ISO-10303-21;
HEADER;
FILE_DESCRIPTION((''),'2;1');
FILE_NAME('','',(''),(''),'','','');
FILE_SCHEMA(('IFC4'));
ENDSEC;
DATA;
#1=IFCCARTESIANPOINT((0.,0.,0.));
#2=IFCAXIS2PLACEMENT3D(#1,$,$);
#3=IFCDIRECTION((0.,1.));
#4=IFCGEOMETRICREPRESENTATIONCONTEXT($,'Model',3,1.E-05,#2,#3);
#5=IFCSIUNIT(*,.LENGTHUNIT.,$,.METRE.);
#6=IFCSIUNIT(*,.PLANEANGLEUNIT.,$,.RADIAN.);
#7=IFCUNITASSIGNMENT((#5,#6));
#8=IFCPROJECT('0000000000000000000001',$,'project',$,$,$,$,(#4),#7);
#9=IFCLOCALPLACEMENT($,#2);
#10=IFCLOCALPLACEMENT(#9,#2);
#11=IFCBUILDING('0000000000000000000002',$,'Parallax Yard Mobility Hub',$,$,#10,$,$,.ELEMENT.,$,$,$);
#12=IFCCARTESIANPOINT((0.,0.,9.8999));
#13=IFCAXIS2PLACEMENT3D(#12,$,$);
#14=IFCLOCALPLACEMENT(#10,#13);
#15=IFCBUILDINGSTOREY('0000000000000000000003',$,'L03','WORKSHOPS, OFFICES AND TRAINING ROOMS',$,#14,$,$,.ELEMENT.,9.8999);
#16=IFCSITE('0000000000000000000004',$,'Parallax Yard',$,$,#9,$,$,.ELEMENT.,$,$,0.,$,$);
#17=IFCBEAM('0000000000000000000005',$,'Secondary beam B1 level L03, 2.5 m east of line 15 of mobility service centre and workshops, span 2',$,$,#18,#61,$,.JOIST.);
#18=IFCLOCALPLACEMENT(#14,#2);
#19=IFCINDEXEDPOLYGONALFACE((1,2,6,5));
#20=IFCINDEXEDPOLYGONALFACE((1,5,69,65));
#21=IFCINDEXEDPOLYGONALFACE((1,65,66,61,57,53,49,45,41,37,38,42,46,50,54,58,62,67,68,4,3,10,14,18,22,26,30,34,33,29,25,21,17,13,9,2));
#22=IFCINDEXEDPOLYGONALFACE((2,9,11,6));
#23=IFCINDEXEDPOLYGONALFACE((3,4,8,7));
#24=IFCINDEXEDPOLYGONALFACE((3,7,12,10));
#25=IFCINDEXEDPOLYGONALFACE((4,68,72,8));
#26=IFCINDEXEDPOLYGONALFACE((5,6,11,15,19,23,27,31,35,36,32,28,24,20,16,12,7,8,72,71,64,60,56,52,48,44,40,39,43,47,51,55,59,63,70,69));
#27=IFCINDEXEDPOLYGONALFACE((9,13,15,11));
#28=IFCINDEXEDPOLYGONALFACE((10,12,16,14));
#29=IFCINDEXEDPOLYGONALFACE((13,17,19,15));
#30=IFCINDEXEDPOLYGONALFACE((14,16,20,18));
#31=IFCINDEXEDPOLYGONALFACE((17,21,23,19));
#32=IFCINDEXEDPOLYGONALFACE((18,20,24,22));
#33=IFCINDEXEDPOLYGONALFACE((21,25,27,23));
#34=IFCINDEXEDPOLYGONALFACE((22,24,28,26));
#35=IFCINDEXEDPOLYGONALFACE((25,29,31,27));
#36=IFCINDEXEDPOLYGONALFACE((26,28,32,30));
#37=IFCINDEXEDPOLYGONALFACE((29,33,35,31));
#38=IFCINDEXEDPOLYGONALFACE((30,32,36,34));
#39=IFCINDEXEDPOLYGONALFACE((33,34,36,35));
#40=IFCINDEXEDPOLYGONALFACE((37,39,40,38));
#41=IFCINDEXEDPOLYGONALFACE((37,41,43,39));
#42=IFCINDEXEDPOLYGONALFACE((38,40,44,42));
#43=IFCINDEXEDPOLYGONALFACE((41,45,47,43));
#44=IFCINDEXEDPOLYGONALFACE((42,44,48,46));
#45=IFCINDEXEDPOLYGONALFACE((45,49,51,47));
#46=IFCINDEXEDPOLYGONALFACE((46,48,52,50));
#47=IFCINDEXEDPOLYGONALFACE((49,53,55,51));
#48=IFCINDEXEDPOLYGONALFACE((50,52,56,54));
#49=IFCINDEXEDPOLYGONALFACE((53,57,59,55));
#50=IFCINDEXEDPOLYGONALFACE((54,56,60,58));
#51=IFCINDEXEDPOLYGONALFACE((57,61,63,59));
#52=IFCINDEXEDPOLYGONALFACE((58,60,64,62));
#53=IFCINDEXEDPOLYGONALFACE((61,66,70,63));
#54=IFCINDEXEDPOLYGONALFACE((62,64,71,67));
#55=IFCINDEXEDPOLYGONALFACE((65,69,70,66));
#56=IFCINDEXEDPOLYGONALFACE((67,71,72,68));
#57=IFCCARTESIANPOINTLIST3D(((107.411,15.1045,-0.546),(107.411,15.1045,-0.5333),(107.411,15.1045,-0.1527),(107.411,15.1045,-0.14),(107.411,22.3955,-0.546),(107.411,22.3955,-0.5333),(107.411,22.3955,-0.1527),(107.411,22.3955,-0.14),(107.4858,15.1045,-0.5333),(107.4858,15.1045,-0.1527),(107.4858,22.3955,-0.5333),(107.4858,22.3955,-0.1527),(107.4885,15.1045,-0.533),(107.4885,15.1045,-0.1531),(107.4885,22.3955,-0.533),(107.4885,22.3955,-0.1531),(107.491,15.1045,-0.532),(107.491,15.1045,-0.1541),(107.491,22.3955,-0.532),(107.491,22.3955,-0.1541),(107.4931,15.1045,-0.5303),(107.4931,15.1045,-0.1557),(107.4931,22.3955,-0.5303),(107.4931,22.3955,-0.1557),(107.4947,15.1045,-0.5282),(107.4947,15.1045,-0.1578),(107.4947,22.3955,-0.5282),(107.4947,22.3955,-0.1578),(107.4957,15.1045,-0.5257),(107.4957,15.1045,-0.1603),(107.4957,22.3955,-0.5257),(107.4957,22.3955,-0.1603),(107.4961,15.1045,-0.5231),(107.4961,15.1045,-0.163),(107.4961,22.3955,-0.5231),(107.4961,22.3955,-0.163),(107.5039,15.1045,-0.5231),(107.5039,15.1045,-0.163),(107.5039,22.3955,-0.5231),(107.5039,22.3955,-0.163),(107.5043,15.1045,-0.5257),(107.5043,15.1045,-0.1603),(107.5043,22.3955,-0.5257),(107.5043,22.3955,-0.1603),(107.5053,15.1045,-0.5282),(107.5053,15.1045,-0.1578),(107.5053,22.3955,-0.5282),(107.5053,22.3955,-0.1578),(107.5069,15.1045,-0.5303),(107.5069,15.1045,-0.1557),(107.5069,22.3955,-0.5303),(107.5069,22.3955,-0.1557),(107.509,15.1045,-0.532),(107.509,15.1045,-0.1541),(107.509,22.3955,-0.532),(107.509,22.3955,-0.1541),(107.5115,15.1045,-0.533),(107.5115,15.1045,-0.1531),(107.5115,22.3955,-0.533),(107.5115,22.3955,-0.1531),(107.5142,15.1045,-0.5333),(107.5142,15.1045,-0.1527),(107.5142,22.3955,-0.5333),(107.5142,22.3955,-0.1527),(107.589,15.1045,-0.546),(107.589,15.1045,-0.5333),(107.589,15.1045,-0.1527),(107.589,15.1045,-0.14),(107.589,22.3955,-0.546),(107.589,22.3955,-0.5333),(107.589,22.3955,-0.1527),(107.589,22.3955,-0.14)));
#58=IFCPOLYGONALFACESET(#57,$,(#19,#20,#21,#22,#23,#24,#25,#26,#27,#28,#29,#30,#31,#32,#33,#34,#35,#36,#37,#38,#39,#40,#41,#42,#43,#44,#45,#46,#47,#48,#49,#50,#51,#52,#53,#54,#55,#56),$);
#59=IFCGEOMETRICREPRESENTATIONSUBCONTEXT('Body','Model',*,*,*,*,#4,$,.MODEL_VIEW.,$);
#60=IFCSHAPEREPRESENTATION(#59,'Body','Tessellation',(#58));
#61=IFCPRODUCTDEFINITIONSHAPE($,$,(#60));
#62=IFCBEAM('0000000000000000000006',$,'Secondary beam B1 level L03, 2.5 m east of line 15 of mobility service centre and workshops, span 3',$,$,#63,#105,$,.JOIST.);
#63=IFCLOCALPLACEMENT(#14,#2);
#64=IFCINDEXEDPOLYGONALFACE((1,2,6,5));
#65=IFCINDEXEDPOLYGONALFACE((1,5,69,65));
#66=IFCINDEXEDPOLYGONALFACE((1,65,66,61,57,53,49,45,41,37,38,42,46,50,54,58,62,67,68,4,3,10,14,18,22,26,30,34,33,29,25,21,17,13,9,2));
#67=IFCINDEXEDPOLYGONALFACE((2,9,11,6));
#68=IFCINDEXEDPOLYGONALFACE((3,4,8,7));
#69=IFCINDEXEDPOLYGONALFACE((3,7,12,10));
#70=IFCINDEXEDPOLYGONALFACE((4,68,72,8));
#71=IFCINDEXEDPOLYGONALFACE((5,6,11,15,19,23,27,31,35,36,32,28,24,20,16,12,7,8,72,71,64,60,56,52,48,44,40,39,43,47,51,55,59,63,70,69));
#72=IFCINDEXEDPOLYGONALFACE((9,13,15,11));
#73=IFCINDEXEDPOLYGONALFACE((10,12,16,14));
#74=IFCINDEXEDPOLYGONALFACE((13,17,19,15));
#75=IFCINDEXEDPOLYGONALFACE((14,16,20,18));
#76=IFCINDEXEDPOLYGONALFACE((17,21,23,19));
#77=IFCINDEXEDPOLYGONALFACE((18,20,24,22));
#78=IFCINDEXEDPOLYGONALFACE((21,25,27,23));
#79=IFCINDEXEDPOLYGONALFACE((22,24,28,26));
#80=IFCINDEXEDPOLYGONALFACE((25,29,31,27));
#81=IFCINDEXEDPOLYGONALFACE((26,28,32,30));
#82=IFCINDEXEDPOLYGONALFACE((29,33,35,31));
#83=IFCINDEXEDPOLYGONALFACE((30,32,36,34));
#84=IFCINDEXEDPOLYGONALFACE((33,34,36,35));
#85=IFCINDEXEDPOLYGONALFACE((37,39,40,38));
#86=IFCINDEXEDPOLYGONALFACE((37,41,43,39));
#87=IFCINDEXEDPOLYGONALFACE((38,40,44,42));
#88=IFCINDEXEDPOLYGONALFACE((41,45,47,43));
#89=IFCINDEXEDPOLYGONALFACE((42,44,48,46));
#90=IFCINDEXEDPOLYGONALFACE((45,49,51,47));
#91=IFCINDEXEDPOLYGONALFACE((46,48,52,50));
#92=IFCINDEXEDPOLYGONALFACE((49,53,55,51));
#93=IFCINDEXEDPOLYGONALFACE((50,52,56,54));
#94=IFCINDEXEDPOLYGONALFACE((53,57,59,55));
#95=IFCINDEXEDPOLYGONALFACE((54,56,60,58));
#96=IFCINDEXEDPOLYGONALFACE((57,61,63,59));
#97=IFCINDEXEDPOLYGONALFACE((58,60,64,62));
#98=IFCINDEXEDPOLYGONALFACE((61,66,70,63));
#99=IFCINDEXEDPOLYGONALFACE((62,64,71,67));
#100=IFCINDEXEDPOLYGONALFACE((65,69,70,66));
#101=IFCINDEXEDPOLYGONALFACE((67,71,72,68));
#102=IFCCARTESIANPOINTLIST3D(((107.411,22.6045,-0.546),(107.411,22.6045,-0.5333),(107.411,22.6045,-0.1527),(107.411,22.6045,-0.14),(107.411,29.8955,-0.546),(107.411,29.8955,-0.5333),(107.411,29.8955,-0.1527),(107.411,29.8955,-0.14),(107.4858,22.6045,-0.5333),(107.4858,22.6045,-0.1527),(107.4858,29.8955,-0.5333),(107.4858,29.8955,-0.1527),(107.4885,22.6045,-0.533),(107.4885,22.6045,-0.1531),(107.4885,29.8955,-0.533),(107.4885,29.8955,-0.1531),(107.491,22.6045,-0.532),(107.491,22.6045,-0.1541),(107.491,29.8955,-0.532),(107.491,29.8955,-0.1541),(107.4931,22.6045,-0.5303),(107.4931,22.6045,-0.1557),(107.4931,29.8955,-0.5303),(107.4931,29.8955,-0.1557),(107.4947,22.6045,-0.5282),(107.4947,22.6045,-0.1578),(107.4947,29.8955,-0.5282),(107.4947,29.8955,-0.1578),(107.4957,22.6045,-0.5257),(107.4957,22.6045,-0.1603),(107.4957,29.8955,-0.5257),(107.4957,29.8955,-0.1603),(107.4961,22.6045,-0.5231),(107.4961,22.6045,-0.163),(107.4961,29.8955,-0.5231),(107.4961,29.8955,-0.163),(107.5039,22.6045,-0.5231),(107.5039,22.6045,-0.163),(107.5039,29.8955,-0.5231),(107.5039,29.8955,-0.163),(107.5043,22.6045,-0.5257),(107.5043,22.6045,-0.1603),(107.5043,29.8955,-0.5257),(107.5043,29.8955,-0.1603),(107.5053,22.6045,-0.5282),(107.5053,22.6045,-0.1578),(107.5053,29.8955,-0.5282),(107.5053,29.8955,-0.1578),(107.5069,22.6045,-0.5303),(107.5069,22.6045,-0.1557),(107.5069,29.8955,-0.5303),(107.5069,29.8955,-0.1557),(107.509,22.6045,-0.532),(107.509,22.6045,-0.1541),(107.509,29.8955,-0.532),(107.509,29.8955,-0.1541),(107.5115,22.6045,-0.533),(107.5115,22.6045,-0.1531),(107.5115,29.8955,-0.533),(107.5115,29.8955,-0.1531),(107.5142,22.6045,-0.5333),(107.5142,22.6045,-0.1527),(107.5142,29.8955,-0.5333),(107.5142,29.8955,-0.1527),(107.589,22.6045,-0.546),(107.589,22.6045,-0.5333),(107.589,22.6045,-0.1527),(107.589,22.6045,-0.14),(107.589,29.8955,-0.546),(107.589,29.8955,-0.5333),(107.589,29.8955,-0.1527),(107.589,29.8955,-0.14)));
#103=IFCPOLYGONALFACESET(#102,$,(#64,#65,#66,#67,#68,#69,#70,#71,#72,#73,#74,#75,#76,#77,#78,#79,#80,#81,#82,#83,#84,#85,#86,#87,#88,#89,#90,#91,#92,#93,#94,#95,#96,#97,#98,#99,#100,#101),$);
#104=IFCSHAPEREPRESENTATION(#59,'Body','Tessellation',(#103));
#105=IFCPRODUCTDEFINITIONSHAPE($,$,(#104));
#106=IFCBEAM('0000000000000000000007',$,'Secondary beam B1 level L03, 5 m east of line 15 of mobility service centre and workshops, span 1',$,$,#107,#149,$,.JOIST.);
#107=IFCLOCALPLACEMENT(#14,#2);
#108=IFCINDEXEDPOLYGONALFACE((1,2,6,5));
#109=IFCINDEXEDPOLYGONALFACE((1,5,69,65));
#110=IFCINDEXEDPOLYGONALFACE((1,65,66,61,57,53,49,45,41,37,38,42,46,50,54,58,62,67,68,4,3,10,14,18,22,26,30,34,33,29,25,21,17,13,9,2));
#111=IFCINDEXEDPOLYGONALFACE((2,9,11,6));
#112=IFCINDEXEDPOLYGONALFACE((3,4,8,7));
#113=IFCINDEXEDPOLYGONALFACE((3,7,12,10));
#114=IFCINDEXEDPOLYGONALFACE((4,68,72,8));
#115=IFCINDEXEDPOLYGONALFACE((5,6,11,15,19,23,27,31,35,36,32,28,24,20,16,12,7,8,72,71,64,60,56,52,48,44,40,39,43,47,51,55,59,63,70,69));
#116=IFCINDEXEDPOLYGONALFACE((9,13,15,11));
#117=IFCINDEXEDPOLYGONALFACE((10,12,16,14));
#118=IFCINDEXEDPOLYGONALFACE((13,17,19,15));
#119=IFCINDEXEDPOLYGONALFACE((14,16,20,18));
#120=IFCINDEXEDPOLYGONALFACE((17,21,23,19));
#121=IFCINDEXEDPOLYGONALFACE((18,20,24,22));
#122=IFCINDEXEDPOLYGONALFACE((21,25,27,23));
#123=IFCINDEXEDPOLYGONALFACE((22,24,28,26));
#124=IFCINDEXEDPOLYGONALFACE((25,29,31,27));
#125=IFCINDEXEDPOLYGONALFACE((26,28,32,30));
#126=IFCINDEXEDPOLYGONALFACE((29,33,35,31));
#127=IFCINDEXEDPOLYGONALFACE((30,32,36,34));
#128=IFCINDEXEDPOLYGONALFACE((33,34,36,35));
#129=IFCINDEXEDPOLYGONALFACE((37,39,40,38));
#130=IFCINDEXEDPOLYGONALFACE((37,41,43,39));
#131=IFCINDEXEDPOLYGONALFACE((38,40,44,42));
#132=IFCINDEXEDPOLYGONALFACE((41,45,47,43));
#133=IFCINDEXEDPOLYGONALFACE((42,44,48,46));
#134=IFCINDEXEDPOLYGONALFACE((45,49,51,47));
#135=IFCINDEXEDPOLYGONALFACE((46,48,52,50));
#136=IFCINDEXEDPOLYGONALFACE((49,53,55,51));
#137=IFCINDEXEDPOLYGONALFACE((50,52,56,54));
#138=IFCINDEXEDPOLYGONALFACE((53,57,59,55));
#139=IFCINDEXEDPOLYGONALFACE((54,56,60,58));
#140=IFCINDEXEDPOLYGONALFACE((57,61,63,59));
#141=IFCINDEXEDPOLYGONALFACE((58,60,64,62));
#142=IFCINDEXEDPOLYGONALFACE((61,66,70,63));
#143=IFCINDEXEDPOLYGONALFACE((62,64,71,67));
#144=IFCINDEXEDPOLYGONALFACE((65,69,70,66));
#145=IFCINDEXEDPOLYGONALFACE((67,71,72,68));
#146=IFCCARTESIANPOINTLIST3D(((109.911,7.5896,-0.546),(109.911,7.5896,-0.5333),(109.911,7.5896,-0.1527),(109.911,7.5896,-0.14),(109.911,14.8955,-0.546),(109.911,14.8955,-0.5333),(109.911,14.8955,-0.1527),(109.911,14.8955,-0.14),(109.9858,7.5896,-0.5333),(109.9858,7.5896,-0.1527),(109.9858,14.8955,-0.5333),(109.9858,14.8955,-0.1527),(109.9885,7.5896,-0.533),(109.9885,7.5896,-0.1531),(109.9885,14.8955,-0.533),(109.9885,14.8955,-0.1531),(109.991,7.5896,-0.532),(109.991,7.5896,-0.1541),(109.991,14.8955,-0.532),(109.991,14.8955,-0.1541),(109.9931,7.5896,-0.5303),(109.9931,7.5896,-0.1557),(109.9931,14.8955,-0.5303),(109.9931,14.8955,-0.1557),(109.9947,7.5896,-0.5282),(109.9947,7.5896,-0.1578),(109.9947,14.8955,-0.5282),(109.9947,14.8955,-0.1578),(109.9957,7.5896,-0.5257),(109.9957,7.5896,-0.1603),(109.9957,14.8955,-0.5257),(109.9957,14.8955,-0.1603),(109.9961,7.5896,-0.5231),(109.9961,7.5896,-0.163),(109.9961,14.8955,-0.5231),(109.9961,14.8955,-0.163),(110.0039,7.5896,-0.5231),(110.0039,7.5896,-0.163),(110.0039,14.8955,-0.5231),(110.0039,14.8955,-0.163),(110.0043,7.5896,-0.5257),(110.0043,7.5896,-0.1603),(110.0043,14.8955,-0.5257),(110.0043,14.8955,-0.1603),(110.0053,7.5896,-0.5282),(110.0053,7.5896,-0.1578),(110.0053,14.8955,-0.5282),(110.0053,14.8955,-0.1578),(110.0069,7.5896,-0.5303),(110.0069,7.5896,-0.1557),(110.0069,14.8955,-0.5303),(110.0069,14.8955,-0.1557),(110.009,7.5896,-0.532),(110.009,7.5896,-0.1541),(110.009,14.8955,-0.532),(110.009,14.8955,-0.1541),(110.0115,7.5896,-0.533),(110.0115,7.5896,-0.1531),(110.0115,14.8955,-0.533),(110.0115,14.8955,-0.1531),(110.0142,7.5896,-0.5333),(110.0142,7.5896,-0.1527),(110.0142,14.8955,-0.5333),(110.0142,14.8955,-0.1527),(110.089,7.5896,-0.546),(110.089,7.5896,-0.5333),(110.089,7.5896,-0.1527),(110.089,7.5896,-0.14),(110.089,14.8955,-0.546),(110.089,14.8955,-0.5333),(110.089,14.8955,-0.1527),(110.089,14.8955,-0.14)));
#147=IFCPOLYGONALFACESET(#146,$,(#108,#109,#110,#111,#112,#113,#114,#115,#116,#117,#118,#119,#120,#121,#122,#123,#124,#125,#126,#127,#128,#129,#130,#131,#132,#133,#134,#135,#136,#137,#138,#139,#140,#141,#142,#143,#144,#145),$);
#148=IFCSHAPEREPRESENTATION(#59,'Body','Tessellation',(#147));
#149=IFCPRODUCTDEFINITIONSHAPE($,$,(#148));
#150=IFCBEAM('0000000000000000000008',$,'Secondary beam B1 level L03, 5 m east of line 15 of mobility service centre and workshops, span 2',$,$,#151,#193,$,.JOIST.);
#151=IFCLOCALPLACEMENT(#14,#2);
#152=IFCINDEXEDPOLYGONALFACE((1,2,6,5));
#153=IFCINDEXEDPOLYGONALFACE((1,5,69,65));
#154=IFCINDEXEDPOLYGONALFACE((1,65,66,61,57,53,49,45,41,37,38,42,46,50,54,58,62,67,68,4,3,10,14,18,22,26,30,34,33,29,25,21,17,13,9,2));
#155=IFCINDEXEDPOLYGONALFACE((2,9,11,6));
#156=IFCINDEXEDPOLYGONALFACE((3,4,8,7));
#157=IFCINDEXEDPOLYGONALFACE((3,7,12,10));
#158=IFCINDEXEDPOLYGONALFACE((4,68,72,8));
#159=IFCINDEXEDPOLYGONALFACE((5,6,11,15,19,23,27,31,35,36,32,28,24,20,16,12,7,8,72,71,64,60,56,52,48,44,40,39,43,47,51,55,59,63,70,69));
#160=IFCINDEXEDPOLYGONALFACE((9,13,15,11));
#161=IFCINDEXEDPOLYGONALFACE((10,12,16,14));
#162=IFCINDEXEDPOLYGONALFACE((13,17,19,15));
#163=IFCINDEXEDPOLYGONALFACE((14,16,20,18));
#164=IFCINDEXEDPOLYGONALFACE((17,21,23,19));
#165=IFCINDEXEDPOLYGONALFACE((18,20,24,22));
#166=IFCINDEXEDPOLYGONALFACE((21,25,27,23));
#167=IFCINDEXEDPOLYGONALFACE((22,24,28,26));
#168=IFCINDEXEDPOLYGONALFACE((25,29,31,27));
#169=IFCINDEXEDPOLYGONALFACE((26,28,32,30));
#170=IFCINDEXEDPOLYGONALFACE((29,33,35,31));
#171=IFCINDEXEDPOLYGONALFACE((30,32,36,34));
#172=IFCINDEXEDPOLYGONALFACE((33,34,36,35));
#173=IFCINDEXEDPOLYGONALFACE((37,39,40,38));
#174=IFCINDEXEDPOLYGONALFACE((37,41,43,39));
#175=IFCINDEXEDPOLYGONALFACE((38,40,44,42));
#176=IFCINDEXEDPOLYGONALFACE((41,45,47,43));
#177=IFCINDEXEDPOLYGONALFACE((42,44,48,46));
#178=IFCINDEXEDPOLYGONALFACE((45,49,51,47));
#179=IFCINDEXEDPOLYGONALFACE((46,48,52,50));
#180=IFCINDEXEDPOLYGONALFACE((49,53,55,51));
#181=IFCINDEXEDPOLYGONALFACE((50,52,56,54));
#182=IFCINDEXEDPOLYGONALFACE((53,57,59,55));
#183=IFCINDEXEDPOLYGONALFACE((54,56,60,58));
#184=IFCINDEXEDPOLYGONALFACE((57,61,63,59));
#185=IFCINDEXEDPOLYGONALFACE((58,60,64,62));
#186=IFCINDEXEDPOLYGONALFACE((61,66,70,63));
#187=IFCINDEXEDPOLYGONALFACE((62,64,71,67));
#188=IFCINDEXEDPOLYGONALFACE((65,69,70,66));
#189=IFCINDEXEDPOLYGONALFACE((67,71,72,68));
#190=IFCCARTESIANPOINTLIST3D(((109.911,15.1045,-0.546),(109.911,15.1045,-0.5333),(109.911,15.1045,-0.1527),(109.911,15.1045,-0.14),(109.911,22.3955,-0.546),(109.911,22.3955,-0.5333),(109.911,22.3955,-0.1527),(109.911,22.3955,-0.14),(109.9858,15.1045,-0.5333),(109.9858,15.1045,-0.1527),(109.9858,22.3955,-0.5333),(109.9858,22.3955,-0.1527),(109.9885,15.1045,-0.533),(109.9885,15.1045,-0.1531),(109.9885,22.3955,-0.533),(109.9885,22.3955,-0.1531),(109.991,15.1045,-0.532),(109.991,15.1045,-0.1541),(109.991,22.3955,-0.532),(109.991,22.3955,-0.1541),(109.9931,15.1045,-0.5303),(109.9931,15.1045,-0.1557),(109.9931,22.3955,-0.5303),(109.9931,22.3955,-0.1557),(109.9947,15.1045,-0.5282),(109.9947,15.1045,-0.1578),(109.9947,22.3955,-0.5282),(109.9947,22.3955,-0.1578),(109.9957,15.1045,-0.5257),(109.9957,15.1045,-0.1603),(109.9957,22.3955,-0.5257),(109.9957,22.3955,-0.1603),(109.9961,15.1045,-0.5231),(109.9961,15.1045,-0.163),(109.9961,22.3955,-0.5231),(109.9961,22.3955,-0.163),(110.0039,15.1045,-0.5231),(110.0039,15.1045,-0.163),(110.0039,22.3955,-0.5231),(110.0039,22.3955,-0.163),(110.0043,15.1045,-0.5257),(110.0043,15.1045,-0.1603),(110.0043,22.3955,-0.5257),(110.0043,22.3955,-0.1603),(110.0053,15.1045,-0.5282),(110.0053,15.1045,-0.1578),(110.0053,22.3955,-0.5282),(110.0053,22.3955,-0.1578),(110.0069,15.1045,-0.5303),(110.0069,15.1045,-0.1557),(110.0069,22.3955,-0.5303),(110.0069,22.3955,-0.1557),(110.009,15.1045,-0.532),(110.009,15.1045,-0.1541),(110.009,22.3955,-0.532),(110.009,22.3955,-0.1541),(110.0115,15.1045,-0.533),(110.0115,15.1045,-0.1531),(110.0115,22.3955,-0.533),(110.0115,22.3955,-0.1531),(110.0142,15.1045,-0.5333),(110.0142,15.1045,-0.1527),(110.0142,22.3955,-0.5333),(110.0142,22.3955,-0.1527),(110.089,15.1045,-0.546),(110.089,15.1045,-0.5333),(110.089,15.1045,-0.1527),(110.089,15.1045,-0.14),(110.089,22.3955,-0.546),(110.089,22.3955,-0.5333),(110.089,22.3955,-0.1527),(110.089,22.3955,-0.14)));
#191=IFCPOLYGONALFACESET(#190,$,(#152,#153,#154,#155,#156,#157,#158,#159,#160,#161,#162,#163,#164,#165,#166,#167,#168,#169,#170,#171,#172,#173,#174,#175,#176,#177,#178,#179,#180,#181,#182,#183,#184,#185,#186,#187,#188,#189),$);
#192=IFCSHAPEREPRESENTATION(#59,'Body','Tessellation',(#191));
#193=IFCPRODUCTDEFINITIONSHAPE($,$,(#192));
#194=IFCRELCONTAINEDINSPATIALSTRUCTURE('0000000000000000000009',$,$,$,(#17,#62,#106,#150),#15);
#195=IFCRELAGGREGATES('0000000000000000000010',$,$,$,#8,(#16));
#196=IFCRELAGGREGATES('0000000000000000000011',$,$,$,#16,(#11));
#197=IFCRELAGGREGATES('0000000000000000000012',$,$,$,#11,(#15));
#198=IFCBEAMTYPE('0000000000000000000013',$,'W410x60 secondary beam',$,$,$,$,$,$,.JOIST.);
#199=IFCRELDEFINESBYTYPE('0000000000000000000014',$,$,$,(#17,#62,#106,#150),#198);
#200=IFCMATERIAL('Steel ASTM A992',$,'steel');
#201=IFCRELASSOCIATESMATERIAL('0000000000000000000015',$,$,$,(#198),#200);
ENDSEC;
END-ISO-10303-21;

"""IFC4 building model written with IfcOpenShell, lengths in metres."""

from ifc_helpers import new_model, si_unit, direction, frame, origin, origin_2d, place, context, subcontext, project, spatial, i_section, extrude, material, material_profile, profile_set, type_object, element, save


model = new_model("IFC4")

# Units and contexts
model_context = context("Model", 3, precision=1e-05, world=origin(), true_north=direction((0.0, 1.0)))
body_context = subcontext(model_context, "Body", "Model", "MODEL_VIEW")
ifc_project = project(units=[si_unit("LENGTHUNIT", "METRE"), si_unit("PLANEANGLEUNIT", "RADIAN")], contexts=[model_context])

# Site, building, storey
site_placement = place(None, origin())
site = spatial("IfcSite", under=ifc_project, at=site_placement, Name="Parallax Yard", CompositionType="ELEMENT", RefElevation=0.0)
building_placement = place(site_placement, origin())
building = spatial("IfcBuilding", under=site, at=building_placement, Name="Parallax Yard Mobility Hub", CompositionType="ELEMENT")
storey_placement = place(building_placement, frame((0.0, 0.0, 9.8999)))
storey = spatial("IfcBuildingStorey", under=building, at=storey_placement, Name="L03", Description="WORKSHOPS, OFFICES AND TRAINING ROOMS", CompositionType="ELEMENT", Elevation=9.8999)

# Shared definitions
ifc_material_1 = material(Name="Steel ASTM A992", Category="steel")

# Beams
ifc_material_profile_1 = material_profile(ifc_material_1, i_section(OverallWidth=0.178, OverallDepth=0.406, WebThickness=0.0078, FlangeThickness=0.0127, FilletRadius=0.0103, at=origin_2d()), Name="W410x60")
ifc_profile_set_1 = profile_set([ifc_material_profile_1], Name="Steel ASTM A992")
beam_type_1 = type_object("IfcBeamType", Name="W410x60 secondary beam", PredefinedType="JOIST", material=ifc_profile_set_1)
for number, where, z_axis, x_axis, name in (
    (1, (107.5, 15.1045, -0.343), (0.0, 1.0, 0.0), (-1.0, 0.0, 0.0), "Secondary beam B1 level L03, 2.5 m east of line 15 of mobility service centre and workshops, span 2"),
    (2, (107.5, 22.6045, -0.343), (0.0, 1.0, 0.0), (-1.0, 0.0, 0.0), "Secondary beam B1 level L03, 2.5 m east of line 15 of mobility service centre and workshops, span 3"),
):
    element("IfcBeam", number, at=place(storey_placement, frame(where, z_axis=z_axis, x_axis=x_axis)), inside=storey, type_object=beam_type_1, Name=name, PredefinedType="JOIST", context=body_context, shape_type="SweptSolid", body=[
        extrude(i_section(OverallWidth=0.178, OverallDepth=0.406, WebThickness=0.0078, FlangeThickness=0.0127, FilletRadius=0.0103, at=origin_2d()), origin(), (0.0, 0.0, 1.0), 7.291),
    ])
beam_1_placement = place(storey_placement, frame((110.0, 7.5896, -0.343), z_axis=(0.0, 1.0, 0.0), x_axis=(-1.0, 0.0, 0.0)))
element("IfcBeam", 3, at=beam_1_placement, inside=storey, type_object=beam_type_1, Name="Secondary beam B1 level L03, 5 m east of line 15 of mobility service centre and workshops, span 1", PredefinedType="JOIST", context=body_context, shape_type="SweptSolid", body=[
    extrude(i_section(OverallWidth=0.178, OverallDepth=0.406, WebThickness=0.0078, FlangeThickness=0.0127, FilletRadius=0.0103, at=origin_2d()), origin(), (0.0, 0.0, 1.0), 7.3059),
])
for number, where, z_axis, x_axis, name in (
    (4, (110.0, 15.1045, -0.343), (0.0, 1.0, 0.0), (-1.0, 0.0, 0.0), "Secondary beam B1 level L03, 5 m east of line 15 of mobility service centre and workshops, span 2"),
):
    element("IfcBeam", number, at=place(storey_placement, frame(where, z_axis=z_axis, x_axis=x_axis)), inside=storey, type_object=beam_type_1, Name=name, PredefinedType="JOIST", context=body_context, shape_type="SweptSolid", body=[
        extrude(i_section(OverallWidth=0.178, OverallDepth=0.406, WebThickness=0.0078, FlangeThickness=0.0127, FilletRadius=0.0103, at=origin_2d()), origin(), (0.0, 0.0, 1.0), 7.291),
    ])

save(model, "model.ifc")
